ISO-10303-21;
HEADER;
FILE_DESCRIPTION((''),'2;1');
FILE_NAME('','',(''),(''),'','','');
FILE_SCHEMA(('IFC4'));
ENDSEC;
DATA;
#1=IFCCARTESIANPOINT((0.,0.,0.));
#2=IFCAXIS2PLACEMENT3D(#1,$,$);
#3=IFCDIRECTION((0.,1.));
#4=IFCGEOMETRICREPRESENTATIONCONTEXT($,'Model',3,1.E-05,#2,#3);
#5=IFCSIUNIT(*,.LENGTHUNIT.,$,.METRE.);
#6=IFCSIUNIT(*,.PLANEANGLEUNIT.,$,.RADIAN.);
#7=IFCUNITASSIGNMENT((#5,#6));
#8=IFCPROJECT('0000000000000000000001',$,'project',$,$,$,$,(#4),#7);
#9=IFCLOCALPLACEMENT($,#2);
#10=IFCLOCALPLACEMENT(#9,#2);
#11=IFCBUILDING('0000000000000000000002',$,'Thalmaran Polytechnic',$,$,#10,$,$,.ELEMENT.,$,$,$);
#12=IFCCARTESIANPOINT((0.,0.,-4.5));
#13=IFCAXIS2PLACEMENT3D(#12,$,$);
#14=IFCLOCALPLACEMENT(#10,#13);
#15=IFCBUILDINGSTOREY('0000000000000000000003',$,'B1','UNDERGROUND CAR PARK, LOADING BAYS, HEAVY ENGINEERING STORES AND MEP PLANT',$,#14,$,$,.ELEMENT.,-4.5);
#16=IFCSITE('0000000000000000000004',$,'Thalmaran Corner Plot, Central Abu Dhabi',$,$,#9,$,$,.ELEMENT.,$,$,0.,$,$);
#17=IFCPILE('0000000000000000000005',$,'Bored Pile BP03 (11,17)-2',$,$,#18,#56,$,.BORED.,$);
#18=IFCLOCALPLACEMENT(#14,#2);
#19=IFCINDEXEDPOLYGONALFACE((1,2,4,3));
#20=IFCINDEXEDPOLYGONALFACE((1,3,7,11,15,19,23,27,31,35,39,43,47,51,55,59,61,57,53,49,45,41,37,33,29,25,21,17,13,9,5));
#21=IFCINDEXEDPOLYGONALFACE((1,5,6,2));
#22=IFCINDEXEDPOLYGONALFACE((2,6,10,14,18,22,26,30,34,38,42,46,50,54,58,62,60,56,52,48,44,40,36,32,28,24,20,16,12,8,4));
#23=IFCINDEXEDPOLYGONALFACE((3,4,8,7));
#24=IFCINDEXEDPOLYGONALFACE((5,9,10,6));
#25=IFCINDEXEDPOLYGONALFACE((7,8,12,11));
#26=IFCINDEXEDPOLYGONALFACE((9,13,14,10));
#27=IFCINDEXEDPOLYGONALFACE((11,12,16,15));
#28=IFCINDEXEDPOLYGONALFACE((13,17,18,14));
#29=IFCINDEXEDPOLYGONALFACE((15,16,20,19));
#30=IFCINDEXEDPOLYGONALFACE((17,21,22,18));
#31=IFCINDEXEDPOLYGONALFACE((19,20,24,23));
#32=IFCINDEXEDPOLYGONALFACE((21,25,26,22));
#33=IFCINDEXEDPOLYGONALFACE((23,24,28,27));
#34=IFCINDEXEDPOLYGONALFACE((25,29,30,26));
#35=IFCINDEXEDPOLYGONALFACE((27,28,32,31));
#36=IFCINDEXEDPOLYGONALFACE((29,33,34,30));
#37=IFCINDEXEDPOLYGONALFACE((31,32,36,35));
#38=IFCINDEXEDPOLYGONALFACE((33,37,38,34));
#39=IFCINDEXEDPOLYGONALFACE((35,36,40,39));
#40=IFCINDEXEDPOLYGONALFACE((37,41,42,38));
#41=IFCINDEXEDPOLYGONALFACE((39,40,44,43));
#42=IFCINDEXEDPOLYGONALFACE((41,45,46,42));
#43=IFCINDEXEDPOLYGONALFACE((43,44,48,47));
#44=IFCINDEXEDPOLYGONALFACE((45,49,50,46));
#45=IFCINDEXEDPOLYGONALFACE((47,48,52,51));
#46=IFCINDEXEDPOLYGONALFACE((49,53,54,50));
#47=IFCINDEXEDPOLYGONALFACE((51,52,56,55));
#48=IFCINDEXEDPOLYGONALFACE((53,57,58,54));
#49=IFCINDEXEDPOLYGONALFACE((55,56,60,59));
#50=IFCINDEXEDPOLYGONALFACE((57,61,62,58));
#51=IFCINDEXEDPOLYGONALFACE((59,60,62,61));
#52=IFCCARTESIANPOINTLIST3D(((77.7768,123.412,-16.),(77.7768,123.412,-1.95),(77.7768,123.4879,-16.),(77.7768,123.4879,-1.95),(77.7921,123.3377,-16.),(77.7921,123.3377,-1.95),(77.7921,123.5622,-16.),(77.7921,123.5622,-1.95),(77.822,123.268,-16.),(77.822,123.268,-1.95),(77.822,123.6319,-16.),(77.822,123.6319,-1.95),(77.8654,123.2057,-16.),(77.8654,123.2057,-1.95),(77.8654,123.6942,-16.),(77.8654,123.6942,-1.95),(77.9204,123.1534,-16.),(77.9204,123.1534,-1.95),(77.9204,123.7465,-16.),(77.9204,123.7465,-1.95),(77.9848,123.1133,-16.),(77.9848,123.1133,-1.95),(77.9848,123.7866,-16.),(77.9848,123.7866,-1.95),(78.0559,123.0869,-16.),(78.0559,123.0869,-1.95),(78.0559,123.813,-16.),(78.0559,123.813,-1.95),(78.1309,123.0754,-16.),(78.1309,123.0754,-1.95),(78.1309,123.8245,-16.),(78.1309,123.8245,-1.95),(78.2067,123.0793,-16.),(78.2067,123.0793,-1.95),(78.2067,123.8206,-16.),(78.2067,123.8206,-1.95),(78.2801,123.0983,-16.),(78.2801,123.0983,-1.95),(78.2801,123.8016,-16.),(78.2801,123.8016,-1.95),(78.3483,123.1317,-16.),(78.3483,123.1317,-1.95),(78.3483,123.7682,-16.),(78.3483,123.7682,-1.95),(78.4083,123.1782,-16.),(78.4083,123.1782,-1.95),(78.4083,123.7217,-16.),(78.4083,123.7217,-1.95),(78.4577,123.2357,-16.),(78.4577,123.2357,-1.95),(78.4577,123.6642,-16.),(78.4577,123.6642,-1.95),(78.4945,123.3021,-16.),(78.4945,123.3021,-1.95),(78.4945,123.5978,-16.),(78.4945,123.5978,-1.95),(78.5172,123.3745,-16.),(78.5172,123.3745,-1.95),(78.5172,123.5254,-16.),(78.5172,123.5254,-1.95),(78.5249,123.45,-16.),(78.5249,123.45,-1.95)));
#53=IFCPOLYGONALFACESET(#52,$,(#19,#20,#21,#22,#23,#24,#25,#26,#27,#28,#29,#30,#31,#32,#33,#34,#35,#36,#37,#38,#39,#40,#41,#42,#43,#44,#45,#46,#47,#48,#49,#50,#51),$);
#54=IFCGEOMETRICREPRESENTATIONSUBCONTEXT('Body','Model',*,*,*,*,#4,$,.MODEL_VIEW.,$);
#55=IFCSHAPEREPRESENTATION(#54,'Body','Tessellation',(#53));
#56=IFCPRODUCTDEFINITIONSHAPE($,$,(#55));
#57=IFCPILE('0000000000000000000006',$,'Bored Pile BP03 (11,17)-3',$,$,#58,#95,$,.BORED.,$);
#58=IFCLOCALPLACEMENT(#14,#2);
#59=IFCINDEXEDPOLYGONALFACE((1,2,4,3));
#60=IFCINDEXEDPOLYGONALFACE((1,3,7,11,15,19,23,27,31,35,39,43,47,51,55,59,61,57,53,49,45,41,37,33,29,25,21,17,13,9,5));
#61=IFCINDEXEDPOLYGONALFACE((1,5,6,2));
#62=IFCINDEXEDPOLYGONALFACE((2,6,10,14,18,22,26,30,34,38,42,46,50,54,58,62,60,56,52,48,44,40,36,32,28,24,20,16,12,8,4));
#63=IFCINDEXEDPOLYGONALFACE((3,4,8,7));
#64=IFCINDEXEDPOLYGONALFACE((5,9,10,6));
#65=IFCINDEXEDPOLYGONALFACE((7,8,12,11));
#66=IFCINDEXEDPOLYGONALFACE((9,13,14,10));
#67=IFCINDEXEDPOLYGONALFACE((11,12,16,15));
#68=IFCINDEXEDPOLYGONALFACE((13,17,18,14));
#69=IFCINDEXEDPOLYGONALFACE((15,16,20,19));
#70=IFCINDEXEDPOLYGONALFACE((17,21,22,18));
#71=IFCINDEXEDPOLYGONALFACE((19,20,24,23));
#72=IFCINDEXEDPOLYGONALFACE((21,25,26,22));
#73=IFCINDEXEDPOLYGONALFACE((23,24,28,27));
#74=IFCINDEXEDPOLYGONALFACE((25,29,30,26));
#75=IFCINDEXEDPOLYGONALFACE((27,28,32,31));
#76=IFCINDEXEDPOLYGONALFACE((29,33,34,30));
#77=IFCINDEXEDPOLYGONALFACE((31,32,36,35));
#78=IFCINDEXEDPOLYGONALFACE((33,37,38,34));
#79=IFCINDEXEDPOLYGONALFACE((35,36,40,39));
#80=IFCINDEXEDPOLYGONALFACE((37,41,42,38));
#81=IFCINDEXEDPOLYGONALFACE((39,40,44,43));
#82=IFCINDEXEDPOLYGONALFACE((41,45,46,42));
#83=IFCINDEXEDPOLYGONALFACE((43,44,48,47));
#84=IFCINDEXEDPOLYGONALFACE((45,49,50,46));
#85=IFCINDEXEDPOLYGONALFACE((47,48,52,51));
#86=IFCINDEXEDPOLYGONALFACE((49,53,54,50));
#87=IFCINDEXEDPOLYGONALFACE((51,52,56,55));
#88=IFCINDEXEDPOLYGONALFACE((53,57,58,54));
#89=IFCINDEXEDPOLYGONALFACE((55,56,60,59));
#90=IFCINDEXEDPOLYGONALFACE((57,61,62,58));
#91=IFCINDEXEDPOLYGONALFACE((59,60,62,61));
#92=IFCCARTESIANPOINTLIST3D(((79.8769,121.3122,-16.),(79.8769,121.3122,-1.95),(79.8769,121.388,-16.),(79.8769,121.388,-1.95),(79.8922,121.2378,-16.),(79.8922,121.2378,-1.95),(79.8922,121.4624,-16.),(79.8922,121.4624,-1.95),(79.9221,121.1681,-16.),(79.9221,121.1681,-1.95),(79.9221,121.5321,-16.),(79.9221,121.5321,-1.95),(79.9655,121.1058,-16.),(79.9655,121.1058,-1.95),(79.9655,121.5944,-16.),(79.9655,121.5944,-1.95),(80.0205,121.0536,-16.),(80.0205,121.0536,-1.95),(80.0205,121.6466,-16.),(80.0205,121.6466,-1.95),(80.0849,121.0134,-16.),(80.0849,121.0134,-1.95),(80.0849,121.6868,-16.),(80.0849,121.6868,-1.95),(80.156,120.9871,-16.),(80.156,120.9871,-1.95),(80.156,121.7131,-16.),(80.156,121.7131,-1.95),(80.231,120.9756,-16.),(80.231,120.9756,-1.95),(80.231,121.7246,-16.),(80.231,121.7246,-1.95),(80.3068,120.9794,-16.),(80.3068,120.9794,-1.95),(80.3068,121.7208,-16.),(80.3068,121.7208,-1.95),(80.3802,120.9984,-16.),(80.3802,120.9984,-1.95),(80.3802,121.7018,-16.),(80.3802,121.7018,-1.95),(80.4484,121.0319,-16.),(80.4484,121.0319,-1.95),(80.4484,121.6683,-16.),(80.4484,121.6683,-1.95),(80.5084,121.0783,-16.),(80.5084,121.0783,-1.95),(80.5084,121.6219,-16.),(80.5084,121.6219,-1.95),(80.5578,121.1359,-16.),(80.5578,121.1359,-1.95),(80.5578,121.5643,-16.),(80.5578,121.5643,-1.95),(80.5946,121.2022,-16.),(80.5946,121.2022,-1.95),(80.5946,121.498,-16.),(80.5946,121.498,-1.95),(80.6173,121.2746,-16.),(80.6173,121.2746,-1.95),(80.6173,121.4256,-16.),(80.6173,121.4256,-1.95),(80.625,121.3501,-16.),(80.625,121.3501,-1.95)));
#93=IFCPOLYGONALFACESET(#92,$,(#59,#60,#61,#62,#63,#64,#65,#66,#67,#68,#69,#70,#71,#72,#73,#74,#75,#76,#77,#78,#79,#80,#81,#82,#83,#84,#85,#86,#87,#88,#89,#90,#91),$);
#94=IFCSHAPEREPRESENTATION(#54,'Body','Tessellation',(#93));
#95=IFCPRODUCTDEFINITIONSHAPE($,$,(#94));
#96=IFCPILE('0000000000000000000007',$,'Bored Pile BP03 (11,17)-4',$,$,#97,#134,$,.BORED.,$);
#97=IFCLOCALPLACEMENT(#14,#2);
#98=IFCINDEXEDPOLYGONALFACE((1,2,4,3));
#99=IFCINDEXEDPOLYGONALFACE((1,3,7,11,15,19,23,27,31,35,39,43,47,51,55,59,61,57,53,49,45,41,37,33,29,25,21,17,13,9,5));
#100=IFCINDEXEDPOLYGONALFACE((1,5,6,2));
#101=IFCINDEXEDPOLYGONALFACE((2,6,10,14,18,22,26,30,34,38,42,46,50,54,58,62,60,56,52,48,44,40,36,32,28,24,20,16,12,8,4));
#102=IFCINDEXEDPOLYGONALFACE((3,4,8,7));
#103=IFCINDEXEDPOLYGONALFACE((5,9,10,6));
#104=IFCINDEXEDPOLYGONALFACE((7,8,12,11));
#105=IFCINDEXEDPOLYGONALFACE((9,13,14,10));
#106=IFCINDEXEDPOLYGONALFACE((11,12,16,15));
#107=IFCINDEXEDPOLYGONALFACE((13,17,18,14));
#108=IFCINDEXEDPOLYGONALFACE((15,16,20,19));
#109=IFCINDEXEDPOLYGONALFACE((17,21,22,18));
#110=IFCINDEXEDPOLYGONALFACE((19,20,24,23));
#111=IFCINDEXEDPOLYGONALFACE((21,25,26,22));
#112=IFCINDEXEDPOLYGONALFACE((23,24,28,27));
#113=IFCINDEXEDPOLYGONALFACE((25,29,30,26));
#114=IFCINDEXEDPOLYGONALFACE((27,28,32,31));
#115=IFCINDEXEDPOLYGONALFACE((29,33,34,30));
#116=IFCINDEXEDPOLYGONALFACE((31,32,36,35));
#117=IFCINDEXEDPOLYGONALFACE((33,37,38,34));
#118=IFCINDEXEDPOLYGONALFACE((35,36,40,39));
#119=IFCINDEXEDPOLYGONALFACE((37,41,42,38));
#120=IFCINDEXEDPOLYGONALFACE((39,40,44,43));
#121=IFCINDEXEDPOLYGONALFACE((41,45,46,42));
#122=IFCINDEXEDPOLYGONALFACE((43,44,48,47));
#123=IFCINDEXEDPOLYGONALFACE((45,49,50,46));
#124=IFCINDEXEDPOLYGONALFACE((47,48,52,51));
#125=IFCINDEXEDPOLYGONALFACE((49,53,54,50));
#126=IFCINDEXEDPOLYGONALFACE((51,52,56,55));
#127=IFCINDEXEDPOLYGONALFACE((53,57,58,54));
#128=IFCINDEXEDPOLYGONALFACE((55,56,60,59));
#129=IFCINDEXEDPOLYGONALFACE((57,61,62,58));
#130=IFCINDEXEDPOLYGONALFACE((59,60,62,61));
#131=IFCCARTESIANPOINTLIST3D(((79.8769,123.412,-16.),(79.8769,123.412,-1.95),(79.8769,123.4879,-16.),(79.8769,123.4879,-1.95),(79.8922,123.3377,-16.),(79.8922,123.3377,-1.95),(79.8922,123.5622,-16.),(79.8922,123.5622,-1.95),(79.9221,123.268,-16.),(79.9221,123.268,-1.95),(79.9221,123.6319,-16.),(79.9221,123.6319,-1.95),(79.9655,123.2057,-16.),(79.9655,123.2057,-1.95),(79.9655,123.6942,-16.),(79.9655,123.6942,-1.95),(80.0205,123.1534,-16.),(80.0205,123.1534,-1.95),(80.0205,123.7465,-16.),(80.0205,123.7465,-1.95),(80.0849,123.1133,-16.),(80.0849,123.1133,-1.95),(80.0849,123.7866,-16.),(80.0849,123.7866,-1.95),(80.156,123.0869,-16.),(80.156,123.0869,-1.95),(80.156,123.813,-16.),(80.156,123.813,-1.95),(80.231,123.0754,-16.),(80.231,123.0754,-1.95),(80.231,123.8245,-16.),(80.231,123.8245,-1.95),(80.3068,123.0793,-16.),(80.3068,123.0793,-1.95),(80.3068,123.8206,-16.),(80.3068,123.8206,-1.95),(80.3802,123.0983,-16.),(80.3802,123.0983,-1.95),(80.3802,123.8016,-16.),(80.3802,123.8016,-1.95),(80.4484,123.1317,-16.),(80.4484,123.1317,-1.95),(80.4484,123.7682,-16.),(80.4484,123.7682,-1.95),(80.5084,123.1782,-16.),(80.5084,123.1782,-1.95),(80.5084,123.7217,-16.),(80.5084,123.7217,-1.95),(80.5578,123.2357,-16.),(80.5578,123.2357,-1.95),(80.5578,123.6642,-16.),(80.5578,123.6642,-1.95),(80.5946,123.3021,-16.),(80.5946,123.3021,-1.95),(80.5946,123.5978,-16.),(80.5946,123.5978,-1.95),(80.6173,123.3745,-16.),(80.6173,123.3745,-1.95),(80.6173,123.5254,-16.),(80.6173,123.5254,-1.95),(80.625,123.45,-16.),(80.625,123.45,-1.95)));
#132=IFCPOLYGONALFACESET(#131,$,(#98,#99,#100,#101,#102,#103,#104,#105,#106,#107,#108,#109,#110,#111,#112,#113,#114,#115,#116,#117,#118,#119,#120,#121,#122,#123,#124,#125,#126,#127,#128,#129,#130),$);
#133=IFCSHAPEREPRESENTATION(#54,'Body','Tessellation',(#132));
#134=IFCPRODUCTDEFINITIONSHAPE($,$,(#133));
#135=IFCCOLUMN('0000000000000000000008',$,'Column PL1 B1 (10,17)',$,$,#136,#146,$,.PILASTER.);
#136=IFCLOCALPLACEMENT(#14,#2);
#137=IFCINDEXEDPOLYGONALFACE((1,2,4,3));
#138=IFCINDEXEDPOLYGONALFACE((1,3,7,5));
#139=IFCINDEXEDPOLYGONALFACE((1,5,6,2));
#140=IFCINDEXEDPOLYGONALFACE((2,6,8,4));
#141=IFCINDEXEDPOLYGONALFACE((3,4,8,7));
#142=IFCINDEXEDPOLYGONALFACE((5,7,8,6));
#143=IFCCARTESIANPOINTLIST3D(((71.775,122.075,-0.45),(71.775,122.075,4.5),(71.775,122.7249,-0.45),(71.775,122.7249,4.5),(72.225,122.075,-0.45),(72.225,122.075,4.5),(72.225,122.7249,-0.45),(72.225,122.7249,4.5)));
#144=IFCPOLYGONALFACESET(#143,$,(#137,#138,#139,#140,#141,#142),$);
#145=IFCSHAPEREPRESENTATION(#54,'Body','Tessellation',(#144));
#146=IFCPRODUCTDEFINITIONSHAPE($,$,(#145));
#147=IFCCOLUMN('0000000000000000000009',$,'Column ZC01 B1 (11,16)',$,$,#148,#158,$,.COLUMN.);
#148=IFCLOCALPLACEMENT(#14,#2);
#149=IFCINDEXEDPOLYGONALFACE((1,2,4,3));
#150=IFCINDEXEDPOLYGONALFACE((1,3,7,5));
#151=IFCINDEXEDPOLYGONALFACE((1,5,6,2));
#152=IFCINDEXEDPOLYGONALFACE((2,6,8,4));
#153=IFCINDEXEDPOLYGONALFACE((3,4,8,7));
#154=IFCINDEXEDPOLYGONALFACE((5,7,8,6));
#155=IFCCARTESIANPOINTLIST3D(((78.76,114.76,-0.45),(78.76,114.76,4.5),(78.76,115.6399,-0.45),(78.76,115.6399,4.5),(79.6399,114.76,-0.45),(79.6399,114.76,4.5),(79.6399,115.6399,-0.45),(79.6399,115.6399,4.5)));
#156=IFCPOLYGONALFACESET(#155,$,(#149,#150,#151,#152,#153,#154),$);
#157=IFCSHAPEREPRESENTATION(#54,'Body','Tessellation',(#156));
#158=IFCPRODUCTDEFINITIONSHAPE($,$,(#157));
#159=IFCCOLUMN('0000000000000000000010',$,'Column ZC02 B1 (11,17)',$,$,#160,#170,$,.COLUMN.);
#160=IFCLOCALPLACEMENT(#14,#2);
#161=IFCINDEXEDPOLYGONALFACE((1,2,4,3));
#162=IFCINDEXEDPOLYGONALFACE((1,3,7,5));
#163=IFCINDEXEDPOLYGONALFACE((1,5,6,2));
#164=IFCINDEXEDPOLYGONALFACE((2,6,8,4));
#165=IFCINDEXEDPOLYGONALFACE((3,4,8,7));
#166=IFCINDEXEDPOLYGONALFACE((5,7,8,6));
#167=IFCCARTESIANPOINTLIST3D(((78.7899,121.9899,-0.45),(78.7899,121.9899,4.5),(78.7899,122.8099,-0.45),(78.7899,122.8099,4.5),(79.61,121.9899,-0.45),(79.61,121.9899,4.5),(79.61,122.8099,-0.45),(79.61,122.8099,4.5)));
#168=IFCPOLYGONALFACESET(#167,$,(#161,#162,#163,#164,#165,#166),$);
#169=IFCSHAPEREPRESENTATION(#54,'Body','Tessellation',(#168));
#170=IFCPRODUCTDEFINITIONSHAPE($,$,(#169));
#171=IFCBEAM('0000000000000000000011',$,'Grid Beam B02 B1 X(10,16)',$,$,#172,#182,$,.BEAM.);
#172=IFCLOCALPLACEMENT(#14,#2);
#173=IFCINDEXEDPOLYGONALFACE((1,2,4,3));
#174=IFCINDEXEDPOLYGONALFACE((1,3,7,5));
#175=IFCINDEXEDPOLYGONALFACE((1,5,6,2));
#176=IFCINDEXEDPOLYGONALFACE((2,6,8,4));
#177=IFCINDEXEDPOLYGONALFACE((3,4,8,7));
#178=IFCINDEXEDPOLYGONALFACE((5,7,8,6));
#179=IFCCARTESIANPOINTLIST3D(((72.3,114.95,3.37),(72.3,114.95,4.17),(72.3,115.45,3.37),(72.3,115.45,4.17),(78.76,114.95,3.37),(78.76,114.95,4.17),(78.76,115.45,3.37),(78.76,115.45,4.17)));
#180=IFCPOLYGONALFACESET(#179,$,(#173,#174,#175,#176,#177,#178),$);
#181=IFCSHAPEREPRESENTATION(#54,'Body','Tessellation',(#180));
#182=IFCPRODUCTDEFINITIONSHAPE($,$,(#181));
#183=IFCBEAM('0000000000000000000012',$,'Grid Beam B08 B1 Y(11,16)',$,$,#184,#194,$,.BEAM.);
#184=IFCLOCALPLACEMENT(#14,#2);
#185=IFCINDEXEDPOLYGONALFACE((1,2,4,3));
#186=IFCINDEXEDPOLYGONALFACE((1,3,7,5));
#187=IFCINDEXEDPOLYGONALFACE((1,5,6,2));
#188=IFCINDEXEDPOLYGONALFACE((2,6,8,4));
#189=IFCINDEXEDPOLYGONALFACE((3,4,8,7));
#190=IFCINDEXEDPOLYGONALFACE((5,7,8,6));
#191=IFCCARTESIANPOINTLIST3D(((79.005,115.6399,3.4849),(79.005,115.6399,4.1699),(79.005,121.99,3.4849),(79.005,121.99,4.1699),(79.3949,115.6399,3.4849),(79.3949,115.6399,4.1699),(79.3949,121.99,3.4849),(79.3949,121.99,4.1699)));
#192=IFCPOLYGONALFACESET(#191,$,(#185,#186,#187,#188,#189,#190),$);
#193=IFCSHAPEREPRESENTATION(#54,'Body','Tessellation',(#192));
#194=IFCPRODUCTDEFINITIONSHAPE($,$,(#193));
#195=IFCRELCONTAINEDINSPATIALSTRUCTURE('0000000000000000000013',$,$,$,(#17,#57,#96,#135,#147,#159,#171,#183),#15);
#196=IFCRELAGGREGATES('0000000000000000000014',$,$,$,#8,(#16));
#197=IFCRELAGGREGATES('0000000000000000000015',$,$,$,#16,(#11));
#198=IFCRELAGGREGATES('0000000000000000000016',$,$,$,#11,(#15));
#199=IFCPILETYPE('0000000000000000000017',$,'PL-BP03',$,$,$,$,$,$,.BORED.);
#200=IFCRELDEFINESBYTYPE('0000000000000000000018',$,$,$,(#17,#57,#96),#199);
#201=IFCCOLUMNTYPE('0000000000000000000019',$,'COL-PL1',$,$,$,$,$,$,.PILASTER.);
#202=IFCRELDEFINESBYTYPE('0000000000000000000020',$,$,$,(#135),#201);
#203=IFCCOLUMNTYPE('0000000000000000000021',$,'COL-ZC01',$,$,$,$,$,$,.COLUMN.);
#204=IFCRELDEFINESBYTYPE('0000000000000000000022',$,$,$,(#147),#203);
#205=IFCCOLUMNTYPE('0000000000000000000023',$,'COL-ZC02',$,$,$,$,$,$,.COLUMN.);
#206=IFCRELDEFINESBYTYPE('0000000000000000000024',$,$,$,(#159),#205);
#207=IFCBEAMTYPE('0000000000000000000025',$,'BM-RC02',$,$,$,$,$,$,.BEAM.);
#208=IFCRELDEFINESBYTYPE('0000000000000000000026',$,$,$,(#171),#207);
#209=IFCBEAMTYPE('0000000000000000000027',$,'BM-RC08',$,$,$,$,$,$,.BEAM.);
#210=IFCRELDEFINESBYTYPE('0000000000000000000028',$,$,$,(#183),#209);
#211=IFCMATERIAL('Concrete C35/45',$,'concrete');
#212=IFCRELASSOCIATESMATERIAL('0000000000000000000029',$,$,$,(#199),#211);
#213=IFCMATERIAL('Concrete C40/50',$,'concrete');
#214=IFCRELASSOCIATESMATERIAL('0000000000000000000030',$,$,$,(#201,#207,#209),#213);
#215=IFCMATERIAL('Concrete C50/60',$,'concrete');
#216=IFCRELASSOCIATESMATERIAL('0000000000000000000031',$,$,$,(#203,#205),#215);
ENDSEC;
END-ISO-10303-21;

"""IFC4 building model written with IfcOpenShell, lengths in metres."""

from ifc_helpers import new_model, si_unit, direction, frame, origin, origin_2d, place, context, subcontext, project, spatial, rectangle, circle, extrude, material, material_profile, profile_set, type_object, element, save


model = new_model("IFC4")

# Units and contexts
model_context = context("Model", 3, precision=1e-05, world=origin(), true_north=direction((0.0, 1.0)))
body_context = subcontext(model_context, "Body", "Model", "MODEL_VIEW")
ifc_project = project(units=[si_unit("LENGTHUNIT", "METRE"), si_unit("PLANEANGLEUNIT", "RADIAN")], contexts=[model_context])

# Site, building, storey
site_placement = place(None, origin())
site = spatial("IfcSite", under=ifc_project, at=site_placement, Name="Thalmaran Corner Plot, Central Abu Dhabi", CompositionType="ELEMENT", RefElevation=0.0)
building_placement = place(site_placement, origin())
building = spatial("IfcBuilding", under=site, at=building_placement, Name="Thalmaran Polytechnic", CompositionType="ELEMENT")
storey_placement = place(building_placement, frame((0.0, 0.0, -4.5)))
storey = spatial("IfcBuildingStorey", under=building, at=storey_placement, Name="B1", Description="UNDERGROUND CAR PARK, LOADING BAYS, HEAVY ENGINEERING STORES AND MEP PLANT", CompositionType="ELEMENT", Elevation=-4.5)

# Shared definitions
ifc_material_1 = material(Name="Concrete C40/50", Category="concrete")

# Piles
ifc_material_2 = material(Name="Concrete C35/45", Category="concrete")
ifc_material_profile_1 = material_profile(ifc_material_2, circle(Radius=0.375, at=origin_2d()), Name="RC 750 DIA")
ifc_profile_set_1 = profile_set([ifc_material_profile_1], Name="Concrete C35/45")
pile_type_1 = type_object("IfcPileType", Name="PL-BP03", PredefinedType="BORED", material=ifc_profile_set_1)
for number, where, z_axis, x_axis, name in (
    (1, (78.1499, 123.45, -1.95), (0.0, 0.0, -1.0), (1.0, 0.0, 0.0), "Bored Pile BP03 (11,17)-2"),
    (2, (80.25, 121.3501, -1.95), (0.0, 0.0, -1.0), (1.0, 0.0, 0.0), "Bored Pile BP03 (11,17)-3"),
    (3, (80.25, 123.45, -1.95), (0.0, 0.0, -1.0), (1.0, 0.0, 0.0), "Bored Pile BP03 (11,17)-4"),
):
    element("IfcPile", number, at=place(storey_placement, frame(where, z_axis=z_axis, x_axis=x_axis)), inside=storey, type_object=pile_type_1, Name=name, PredefinedType="BORED", context=body_context, shape_type="SweptSolid", body=[
        extrude(circle(Radius=0.375, at=origin_2d()), origin(), (0.0, 0.0, 1.0), 14.05),
    ])

# Columns
ifc_material_profile_2 = material_profile(ifc_material_1, rectangle(XDim=0.45, YDim=0.6499, at=origin_2d()), Name="RC 450x650")
ifc_profile_set_2 = profile_set([ifc_material_profile_2], Name="Concrete C40/50")
column_type_1 = type_object("IfcColumnType", Name="COL-PL1", PredefinedType="PILASTER", material=ifc_profile_set_2)
column_1_placement = place(storey_placement, frame((72.0, 122.3999, -0.45), z_axis=(0.0, 0.0, 1.0), x_axis=(1.0, 0.0, 0.0)))
element("IfcColumn", 4, at=column_1_placement, inside=storey, type_object=column_type_1, Name="Column PL1 B1 (10,17)", PredefinedType="PILASTER", context=body_context, shape_type="SweptSolid", body=[
    extrude(rectangle(XDim=0.45, YDim=0.6499, at=origin_2d()), origin(), (0.0, 0.0, 1.0), 4.95),
])
ifc_material_3 = material(Name="Concrete C50/60", Category="concrete")
ifc_material_profile_3 = material_profile(ifc_material_3, rectangle(XDim=0.8799, YDim=0.8799, at=origin_2d()), Name="RC 880x880")
ifc_profile_set_3 = profile_set([ifc_material_profile_3], Name="Concrete C50/60")
column_type_2 = type_object("IfcColumnType", Name="COL-ZC01", PredefinedType="COLUMN", material=ifc_profile_set_3)
column_2_placement = place(storey_placement, frame((79.2, 115.2, -0.45), z_axis=(0.0, 0.0, 1.0), x_axis=(1.0, 0.0, 0.0)))
element("IfcColumn", 5, at=column_2_placement, inside=storey, type_object=column_type_2, Name="Column ZC01 B1 (11,16)", PredefinedType="COLUMN", context=body_context, shape_type="SweptSolid", body=[
    extrude(rectangle(XDim=0.8799, YDim=0.8799, at=origin_2d()), origin(), (0.0, 0.0, 1.0), 4.95),
])
ifc_material_profile_4 = material_profile(ifc_material_3, rectangle(XDim=0.8201, YDim=0.8201, at=origin_2d()), Name="RC 820x820")
ifc_profile_set_4 = profile_set([ifc_material_profile_4], Name="Concrete C50/60")
column_type_3 = type_object("IfcColumnType", Name="COL-ZC02", PredefinedType="COLUMN", material=ifc_profile_set_4)
column_3_placement = place(storey_placement, frame((79.2, 122.3999, -0.45), z_axis=(0.0, 0.0, 1.0), x_axis=(1.0, 0.0, 0.0)))
element("IfcColumn", 6, at=column_3_placement, inside=storey, type_object=column_type_3, Name="Column ZC02 B1 (11,17)", PredefinedType="COLUMN", context=body_context, shape_type="SweptSolid", body=[
    extrude(rectangle(XDim=0.8201, YDim=0.8201, at=origin_2d()), origin(), (0.0, 0.0, 1.0), 4.95),
])

# Beams
ifc_material_profile_5 = material_profile(ifc_material_1, rectangle(XDim=0.5, YDim=0.8, at=origin_2d()), Name="RC 500x800")
ifc_profile_set_5 = profile_set([ifc_material_profile_5], Name="Concrete C40/50")
beam_type_1 = type_object("IfcBeamType", Name="BM-RC02", PredefinedType="BEAM", material=ifc_profile_set_5)
beam_1_placement = place(storey_placement, frame((72.3, 115.2, 3.77), z_axis=(1.0, 0.0, 0.0), x_axis=(0.0, 1.0, 0.0)))
element("IfcBeam", 7, at=beam_1_placement, inside=storey, type_object=beam_type_1, Name="Grid Beam B02 B1 X(10,16)", PredefinedType="BEAM", context=body_context, shape_type="SweptSolid", body=[
    extrude(rectangle(XDim=0.5, YDim=0.8, at=origin_2d()), origin(), (0.0, 0.0, 1.0), 6.46),
])
ifc_material_profile_6 = material_profile(ifc_material_1, rectangle(XDim=0.3899, YDim=0.6851, at=origin_2d()), Name="RC 390x685")
ifc_profile_set_6 = profile_set([ifc_material_profile_6], Name="Concrete C40/50")
beam_type_2 = type_object("IfcBeamType", Name="BM-RC08", PredefinedType="BEAM", material=ifc_profile_set_6)
beam_2_placement = place(storey_placement, frame((79.2, 115.6399, 3.8274), z_axis=(0.0, 1.0, 0.0), x_axis=(-1.0, 0.0, 0.0)))
element("IfcBeam", 8, at=beam_2_placement, inside=storey, type_object=beam_type_2, Name="Grid Beam B08 B1 Y(11,16)", PredefinedType="BEAM", context=body_context, shape_type="SweptSolid", body=[
    extrude(rectangle(XDim=0.3899, YDim=0.6851, at=origin_2d()), origin(), (0.0, 0.0, 1.0), 6.3501),
])

save(model, "model.ifc")
